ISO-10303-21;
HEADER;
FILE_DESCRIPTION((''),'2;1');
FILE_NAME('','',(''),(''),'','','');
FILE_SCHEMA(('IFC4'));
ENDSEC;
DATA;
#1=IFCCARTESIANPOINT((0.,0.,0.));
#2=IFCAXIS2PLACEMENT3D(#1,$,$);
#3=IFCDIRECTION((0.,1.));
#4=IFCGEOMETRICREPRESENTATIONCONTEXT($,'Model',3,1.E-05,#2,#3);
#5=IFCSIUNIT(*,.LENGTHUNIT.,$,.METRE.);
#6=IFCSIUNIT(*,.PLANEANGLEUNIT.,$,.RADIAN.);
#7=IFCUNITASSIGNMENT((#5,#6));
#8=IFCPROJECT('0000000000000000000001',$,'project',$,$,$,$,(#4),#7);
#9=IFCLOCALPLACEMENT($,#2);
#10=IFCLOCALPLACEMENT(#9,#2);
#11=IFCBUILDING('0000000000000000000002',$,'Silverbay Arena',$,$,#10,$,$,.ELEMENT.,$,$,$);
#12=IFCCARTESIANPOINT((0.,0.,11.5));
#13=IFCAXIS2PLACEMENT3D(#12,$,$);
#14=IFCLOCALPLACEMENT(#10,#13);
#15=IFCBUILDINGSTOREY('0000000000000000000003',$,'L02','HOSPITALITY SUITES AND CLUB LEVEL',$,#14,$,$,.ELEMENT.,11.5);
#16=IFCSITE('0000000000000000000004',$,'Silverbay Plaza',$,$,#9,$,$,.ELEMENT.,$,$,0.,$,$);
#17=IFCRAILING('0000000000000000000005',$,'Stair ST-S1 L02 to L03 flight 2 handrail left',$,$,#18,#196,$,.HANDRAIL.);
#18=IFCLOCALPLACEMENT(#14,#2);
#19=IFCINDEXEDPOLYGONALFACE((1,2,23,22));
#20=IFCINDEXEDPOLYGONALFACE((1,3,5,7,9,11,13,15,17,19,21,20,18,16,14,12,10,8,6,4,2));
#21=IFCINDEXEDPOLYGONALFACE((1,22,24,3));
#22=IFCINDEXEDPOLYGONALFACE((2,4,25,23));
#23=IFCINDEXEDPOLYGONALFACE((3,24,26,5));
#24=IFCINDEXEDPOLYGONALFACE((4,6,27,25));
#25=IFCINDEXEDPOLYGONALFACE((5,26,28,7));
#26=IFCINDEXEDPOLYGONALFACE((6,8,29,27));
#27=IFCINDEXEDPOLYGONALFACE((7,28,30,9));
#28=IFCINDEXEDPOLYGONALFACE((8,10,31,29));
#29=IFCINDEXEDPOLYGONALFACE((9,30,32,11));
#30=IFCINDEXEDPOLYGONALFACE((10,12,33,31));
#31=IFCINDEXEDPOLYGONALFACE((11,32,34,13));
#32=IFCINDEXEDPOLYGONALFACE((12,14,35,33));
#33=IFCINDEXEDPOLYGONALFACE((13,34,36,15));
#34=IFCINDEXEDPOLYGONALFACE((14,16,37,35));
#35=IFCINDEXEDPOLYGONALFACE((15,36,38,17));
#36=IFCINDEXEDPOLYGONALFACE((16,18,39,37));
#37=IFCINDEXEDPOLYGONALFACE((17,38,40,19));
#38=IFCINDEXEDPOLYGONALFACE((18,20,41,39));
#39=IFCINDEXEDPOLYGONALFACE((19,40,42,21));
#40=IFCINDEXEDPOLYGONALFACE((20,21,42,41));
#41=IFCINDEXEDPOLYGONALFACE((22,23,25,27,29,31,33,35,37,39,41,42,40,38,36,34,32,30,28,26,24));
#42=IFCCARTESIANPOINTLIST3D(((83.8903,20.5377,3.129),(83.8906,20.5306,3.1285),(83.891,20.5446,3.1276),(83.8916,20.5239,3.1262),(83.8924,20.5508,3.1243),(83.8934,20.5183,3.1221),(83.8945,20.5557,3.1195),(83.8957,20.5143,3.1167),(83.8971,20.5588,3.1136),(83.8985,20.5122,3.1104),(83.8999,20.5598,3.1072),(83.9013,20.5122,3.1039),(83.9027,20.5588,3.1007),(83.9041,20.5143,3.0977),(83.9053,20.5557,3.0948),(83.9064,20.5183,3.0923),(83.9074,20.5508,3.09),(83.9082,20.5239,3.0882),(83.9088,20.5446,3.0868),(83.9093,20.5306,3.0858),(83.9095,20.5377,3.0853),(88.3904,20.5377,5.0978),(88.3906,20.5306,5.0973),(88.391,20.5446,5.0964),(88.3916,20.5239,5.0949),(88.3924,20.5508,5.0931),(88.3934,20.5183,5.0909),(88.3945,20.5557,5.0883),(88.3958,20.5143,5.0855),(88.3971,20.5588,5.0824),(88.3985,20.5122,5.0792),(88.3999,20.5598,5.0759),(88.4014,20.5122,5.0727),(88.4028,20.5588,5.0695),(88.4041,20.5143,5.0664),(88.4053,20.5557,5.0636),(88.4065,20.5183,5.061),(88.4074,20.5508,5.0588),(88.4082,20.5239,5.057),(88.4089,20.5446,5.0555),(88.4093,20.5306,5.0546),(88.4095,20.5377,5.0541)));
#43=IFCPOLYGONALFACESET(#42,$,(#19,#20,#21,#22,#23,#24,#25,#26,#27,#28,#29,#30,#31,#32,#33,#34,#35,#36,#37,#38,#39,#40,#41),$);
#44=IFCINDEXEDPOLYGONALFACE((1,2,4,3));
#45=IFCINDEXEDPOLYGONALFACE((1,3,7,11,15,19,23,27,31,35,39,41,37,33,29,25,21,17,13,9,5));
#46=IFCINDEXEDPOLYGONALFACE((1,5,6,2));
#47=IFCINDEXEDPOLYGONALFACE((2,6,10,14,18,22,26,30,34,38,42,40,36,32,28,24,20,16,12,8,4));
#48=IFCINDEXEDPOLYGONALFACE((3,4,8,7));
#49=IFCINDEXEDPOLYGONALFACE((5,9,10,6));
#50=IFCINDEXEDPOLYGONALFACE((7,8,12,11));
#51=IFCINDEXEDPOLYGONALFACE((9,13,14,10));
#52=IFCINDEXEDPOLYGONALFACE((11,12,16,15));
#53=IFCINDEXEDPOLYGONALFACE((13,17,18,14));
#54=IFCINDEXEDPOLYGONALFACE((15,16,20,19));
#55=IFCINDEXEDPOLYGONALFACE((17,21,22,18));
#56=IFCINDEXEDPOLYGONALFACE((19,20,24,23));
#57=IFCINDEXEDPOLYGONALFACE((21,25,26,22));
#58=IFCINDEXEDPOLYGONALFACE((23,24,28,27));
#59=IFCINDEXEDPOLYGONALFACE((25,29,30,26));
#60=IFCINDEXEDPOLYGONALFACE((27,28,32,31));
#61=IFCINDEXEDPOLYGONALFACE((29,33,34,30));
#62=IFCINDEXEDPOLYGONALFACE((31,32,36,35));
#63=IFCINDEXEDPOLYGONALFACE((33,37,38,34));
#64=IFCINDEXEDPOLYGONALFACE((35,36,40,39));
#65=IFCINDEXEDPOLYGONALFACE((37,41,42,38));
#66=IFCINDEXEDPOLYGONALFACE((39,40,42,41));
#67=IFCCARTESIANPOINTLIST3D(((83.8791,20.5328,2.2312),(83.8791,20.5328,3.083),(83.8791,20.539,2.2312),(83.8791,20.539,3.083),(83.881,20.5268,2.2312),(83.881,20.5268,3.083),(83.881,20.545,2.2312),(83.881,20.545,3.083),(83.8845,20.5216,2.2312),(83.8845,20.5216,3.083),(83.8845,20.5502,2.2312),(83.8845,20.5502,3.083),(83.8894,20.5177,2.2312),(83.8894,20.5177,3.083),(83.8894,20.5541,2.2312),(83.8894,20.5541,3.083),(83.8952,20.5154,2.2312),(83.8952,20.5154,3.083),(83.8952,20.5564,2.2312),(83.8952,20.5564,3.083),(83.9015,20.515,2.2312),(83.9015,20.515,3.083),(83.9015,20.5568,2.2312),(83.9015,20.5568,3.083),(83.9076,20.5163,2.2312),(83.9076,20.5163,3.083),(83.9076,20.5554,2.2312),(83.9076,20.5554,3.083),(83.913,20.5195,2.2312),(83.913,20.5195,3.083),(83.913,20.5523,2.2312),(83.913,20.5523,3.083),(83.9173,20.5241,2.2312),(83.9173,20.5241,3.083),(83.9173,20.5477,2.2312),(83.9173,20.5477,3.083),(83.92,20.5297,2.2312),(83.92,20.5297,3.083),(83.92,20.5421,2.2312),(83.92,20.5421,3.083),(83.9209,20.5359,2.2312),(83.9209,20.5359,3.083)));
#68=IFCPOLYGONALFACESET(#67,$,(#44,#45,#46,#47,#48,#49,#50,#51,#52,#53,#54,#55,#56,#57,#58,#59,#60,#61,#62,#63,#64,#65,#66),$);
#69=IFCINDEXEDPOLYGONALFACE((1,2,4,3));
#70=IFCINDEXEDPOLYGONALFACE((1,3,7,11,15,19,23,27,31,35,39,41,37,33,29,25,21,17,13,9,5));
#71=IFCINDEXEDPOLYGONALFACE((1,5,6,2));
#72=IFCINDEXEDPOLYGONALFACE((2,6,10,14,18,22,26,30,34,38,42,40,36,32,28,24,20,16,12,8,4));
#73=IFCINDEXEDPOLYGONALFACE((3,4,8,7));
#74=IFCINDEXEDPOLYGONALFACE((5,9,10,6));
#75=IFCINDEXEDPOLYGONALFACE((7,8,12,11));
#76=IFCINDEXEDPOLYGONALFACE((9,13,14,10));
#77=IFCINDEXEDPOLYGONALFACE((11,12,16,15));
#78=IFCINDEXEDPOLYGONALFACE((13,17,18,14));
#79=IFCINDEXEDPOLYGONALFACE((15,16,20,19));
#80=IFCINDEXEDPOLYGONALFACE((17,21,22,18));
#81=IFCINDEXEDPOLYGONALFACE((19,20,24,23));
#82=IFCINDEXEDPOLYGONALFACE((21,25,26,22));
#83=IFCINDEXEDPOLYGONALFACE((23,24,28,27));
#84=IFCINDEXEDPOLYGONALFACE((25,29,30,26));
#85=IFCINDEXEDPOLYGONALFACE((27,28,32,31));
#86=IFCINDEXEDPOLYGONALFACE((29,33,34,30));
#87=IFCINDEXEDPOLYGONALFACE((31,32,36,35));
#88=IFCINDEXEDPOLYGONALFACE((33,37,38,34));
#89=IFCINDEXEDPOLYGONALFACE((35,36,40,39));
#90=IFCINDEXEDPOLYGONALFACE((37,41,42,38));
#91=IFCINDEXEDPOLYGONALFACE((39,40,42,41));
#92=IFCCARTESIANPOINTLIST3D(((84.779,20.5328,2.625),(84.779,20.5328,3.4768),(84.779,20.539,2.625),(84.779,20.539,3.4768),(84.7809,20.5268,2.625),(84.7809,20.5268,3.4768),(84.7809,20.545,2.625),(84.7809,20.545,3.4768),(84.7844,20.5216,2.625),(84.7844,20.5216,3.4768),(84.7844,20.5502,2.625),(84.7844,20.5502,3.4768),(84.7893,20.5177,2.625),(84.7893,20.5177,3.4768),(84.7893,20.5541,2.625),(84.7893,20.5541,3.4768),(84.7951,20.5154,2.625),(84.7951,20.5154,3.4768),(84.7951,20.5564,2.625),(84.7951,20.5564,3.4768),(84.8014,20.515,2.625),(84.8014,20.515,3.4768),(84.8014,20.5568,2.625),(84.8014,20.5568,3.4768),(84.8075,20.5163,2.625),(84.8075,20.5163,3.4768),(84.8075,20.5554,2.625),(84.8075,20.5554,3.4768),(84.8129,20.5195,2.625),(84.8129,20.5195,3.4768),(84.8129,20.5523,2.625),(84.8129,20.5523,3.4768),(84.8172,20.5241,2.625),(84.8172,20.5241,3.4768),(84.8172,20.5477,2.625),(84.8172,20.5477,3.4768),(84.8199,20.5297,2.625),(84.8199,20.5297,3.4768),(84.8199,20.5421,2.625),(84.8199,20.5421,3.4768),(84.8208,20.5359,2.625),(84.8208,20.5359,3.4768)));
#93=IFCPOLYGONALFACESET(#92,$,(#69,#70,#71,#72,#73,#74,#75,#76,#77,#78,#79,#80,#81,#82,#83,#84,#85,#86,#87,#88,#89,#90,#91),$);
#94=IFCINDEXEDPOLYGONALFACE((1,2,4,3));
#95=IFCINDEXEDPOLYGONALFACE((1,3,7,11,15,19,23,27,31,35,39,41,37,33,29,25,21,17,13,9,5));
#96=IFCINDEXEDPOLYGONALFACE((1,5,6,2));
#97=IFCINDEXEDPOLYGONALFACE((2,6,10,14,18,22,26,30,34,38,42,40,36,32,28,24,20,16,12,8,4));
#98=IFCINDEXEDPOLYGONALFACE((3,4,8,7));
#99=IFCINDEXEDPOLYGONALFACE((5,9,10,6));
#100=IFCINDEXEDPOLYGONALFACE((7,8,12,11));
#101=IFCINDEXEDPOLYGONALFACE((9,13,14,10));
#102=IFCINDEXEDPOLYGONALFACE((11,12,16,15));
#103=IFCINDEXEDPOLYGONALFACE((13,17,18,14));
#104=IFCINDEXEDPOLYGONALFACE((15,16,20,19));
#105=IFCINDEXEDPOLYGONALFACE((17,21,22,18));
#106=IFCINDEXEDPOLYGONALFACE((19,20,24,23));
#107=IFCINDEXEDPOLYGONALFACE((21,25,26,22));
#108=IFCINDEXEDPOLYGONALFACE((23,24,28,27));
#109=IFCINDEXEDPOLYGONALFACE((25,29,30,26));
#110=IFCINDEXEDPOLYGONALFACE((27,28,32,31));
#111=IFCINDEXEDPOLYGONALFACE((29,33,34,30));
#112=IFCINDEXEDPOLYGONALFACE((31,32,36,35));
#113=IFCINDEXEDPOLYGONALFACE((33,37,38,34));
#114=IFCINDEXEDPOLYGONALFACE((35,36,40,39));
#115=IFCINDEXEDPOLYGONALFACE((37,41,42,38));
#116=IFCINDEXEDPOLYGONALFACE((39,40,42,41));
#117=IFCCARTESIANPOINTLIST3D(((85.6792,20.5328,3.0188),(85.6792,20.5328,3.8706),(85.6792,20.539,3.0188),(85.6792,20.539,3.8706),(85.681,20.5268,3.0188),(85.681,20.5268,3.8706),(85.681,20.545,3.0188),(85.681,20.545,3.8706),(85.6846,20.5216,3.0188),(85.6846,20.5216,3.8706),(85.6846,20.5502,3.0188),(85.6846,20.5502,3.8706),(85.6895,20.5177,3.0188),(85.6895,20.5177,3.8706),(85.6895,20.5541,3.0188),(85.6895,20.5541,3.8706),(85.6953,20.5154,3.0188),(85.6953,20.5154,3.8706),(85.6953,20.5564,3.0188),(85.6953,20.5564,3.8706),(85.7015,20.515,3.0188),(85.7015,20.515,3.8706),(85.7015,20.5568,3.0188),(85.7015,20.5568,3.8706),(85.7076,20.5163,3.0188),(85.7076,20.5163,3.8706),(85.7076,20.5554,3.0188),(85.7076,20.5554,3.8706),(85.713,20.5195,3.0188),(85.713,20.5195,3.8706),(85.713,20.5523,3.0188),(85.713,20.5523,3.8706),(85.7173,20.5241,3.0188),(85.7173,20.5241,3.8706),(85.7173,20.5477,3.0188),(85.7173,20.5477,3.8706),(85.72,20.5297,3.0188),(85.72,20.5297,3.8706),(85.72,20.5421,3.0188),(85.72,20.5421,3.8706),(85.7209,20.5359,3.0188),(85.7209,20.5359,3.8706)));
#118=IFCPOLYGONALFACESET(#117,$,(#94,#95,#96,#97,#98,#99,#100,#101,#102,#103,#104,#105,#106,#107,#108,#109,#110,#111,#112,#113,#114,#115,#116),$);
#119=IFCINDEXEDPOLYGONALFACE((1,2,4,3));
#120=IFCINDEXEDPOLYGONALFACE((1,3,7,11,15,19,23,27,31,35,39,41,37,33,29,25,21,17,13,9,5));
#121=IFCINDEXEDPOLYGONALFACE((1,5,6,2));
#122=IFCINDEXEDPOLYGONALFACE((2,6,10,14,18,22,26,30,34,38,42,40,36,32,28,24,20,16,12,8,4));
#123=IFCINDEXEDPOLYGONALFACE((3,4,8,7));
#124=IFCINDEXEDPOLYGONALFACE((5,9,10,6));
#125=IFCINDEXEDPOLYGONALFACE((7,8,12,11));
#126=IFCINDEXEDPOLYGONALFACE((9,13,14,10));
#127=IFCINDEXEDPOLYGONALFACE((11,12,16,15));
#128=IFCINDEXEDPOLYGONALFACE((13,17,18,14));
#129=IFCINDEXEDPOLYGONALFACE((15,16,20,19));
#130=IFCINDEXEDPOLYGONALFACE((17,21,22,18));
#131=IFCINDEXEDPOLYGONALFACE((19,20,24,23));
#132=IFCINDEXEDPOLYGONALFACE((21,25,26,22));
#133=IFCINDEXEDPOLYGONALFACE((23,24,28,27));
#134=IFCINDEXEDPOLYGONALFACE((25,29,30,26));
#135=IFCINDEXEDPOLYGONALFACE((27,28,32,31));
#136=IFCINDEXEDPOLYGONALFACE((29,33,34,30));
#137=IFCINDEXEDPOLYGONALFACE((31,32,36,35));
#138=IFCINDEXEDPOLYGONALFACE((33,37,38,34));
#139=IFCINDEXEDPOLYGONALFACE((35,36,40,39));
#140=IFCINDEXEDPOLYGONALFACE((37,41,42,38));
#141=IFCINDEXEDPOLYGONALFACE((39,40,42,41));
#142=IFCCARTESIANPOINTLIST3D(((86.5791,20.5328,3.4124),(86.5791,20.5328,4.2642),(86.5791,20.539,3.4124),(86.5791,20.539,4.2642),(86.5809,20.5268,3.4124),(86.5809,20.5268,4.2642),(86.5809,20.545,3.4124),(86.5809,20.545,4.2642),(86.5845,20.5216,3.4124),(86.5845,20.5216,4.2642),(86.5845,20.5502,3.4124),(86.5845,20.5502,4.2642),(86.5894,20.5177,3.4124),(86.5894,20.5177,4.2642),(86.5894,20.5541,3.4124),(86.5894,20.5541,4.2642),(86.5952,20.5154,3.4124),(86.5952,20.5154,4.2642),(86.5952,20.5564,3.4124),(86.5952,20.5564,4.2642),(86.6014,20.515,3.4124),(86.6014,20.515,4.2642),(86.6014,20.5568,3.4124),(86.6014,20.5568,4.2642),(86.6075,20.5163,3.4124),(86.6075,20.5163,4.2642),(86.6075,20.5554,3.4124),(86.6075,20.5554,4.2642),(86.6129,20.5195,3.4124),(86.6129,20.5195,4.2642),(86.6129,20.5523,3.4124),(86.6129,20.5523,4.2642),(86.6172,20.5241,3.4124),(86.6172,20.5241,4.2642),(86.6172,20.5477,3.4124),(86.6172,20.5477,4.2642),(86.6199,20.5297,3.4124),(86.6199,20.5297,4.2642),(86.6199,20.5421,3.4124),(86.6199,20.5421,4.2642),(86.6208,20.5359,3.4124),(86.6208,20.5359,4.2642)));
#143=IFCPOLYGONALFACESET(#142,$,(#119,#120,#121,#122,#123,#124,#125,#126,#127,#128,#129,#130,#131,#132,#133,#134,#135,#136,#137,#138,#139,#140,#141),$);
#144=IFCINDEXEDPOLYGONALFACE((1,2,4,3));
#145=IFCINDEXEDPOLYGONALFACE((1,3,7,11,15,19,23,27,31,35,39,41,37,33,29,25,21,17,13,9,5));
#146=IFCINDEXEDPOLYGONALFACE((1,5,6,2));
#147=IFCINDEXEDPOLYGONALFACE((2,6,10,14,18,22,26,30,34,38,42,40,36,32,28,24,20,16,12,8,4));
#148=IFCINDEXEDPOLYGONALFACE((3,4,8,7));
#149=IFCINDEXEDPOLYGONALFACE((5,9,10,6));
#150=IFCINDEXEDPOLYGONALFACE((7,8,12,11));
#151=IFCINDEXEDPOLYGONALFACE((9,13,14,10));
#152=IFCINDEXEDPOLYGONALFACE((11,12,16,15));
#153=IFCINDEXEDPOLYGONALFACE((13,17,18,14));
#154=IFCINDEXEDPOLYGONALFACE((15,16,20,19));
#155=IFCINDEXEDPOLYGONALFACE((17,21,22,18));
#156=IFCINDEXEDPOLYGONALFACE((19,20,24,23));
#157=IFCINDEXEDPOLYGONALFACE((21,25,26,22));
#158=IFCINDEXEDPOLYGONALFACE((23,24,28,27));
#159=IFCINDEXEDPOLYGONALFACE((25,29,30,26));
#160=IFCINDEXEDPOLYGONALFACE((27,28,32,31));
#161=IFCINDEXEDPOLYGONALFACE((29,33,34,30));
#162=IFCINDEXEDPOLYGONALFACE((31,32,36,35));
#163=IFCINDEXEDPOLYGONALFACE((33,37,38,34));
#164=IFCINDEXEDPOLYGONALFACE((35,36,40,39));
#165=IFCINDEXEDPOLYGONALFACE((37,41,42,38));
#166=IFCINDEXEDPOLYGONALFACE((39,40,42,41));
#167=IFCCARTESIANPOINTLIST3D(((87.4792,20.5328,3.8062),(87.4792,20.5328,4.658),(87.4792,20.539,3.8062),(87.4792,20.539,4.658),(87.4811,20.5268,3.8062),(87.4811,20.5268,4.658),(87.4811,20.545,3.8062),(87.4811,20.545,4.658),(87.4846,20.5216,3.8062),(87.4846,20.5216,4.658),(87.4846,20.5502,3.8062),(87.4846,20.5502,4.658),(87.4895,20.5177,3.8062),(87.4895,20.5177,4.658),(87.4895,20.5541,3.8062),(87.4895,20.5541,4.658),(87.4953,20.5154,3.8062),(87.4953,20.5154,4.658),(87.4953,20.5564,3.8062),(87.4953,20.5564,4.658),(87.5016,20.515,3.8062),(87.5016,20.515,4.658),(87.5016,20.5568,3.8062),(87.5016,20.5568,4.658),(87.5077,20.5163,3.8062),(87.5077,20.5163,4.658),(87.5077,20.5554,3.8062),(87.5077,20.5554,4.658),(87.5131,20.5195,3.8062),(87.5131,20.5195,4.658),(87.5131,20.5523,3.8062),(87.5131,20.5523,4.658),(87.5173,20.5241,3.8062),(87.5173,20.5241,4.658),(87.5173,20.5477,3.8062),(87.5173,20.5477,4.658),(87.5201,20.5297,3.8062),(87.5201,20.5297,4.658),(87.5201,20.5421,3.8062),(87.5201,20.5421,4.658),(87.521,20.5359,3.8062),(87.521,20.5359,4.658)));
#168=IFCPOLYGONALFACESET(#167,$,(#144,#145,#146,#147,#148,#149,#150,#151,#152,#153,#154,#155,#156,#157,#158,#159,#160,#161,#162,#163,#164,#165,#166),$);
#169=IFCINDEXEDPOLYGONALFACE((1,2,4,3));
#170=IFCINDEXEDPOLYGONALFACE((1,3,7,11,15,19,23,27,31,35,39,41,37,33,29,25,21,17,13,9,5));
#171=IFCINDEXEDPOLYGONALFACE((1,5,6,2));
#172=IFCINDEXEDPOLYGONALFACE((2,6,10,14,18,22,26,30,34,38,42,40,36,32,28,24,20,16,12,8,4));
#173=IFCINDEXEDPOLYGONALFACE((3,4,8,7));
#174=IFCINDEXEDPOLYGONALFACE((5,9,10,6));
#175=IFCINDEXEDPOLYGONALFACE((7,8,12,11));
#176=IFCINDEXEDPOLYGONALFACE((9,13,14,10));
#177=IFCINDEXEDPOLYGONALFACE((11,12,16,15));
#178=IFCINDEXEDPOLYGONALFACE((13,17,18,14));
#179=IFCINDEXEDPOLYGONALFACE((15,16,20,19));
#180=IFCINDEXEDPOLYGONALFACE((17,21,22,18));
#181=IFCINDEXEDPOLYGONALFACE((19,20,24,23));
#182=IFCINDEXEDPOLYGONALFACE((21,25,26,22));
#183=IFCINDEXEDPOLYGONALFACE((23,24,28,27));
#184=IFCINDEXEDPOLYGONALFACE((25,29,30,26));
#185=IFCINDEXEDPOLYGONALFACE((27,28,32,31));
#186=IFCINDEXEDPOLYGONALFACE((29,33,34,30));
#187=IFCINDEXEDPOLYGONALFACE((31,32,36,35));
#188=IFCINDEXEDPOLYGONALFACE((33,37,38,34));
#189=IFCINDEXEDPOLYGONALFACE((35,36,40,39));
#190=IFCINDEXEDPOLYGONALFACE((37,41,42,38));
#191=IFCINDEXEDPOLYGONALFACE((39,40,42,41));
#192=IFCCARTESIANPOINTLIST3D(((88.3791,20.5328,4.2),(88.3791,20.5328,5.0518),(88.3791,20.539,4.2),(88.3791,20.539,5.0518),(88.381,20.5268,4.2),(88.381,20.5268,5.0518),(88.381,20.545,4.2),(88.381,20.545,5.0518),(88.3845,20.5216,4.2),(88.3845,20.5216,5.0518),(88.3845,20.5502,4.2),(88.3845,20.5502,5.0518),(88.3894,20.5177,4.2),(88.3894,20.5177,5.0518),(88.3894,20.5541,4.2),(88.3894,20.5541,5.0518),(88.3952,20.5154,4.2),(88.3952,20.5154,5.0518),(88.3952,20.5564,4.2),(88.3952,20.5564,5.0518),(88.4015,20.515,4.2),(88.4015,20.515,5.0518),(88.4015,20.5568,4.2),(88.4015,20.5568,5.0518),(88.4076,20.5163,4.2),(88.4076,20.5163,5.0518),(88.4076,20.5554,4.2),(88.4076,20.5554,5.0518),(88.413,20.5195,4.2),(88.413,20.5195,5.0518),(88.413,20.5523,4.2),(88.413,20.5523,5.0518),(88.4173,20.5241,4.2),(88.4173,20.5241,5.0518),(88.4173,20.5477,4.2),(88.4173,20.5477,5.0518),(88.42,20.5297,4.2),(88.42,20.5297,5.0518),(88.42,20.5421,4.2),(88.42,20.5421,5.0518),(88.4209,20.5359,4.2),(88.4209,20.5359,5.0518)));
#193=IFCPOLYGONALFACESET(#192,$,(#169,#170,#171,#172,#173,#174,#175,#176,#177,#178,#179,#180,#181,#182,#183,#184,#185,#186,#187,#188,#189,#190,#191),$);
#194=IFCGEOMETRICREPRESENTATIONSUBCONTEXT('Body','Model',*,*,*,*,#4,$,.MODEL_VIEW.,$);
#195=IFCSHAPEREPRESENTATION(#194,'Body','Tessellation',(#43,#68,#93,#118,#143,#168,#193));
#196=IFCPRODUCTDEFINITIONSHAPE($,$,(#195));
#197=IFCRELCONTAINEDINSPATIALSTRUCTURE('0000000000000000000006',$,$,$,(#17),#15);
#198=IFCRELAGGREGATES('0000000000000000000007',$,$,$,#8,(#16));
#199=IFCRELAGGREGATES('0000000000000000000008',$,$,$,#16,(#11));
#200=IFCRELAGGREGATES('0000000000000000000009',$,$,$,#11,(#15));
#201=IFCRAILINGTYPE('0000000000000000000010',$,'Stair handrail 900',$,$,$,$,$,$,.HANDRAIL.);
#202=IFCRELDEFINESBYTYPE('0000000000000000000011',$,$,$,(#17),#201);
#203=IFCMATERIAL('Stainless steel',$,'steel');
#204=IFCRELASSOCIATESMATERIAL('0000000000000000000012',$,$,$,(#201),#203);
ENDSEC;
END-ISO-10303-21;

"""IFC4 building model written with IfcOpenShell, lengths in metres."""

from ifc_helpers import new_model, si_unit, direction, frame, origin, origin_2d, place, context, subcontext, project, spatial, circle, extrude, material, type_object, element, save


model = new_model("IFC4")

# Units and contexts
model_context = context("Model", 3, precision=1e-05, world=origin(), true_north=direction((0.0, 1.0)))
body_context = subcontext(model_context, "Body", "Model", "MODEL_VIEW")
ifc_project = project(units=[si_unit("LENGTHUNIT", "METRE"), si_unit("PLANEANGLEUNIT", "RADIAN")], contexts=[model_context])

# Site, building, storey
site_placement = place(None, origin())
site = spatial("IfcSite", under=ifc_project, at=site_placement, Name="Silverbay Plaza", CompositionType="ELEMENT", RefElevation=0.0)
building_placement = place(site_placement, origin())
building = spatial("IfcBuilding", under=site, at=building_placement, Name="Silverbay Arena", CompositionType="ELEMENT")
storey_placement = place(building_placement, frame((0.0, 0.0, 11.5)))
storey = spatial("IfcBuildingStorey", under=building, at=storey_placement, Name="L02", Description="HOSPITALITY SUITES AND CLUB LEVEL", CompositionType="ELEMENT", Elevation=11.5)

# Railing
ifc_material_1 = material(Name="Stainless steel", Category="steel")
railing_type_1 = type_object("IfcRailingType", Name="Stair handrail 900", PredefinedType="HANDRAIL", material=ifc_material_1)
for number, where, name in (
    (1, (83.8999, 20.5359, 2.2312), "Stair ST-S1 L02 to L03 flight 2 handrail left"),
):
    element("IfcRailing", number, at=place(storey_placement, frame(where)), inside=storey, type_object=railing_type_1, Name=name, PredefinedType="HANDRAIL", context=body_context, shape_type="SweptSolid", body=[
        extrude(circle(Radius=0.0239, at=origin_2d()), frame((0.0, 0.0, 0.876), z_axis=(0.916157, 0.0, 0.400819), x_axis=(0.0, 1.0, 0.0)), (0.0, 0.0, 1.0), 4.9119),
        extrude(circle(Radius=0.021, at=origin_2d()), origin(), (0.0, 0.0, 1.0), 0.8518),
        extrude(circle(Radius=0.021, at=origin_2d()), frame((0.8999, 0.0, 0.3938)), (0.0, 0.0, 1.0), 0.8518),
        extrude(circle(Radius=0.021, at=origin_2d()), frame((1.8, 0.0, 0.7876)), (0.0, 0.0, 1.0), 0.8518),
        extrude(circle(Radius=0.021, at=origin_2d()), frame((2.7, 0.0, 1.1812)), (0.0, 0.0, 1.0), 0.8518),
        extrude(circle(Radius=0.021, at=origin_2d()), frame((3.6001, 0.0, 1.575)), (0.0, 0.0, 1.0), 0.8518),
        extrude(circle(Radius=0.021, at=origin_2d()), frame((4.5, 0.0, 1.9688)), (0.0, 0.0, 1.0), 0.8518),
    ])

save(model, "model.ifc")
